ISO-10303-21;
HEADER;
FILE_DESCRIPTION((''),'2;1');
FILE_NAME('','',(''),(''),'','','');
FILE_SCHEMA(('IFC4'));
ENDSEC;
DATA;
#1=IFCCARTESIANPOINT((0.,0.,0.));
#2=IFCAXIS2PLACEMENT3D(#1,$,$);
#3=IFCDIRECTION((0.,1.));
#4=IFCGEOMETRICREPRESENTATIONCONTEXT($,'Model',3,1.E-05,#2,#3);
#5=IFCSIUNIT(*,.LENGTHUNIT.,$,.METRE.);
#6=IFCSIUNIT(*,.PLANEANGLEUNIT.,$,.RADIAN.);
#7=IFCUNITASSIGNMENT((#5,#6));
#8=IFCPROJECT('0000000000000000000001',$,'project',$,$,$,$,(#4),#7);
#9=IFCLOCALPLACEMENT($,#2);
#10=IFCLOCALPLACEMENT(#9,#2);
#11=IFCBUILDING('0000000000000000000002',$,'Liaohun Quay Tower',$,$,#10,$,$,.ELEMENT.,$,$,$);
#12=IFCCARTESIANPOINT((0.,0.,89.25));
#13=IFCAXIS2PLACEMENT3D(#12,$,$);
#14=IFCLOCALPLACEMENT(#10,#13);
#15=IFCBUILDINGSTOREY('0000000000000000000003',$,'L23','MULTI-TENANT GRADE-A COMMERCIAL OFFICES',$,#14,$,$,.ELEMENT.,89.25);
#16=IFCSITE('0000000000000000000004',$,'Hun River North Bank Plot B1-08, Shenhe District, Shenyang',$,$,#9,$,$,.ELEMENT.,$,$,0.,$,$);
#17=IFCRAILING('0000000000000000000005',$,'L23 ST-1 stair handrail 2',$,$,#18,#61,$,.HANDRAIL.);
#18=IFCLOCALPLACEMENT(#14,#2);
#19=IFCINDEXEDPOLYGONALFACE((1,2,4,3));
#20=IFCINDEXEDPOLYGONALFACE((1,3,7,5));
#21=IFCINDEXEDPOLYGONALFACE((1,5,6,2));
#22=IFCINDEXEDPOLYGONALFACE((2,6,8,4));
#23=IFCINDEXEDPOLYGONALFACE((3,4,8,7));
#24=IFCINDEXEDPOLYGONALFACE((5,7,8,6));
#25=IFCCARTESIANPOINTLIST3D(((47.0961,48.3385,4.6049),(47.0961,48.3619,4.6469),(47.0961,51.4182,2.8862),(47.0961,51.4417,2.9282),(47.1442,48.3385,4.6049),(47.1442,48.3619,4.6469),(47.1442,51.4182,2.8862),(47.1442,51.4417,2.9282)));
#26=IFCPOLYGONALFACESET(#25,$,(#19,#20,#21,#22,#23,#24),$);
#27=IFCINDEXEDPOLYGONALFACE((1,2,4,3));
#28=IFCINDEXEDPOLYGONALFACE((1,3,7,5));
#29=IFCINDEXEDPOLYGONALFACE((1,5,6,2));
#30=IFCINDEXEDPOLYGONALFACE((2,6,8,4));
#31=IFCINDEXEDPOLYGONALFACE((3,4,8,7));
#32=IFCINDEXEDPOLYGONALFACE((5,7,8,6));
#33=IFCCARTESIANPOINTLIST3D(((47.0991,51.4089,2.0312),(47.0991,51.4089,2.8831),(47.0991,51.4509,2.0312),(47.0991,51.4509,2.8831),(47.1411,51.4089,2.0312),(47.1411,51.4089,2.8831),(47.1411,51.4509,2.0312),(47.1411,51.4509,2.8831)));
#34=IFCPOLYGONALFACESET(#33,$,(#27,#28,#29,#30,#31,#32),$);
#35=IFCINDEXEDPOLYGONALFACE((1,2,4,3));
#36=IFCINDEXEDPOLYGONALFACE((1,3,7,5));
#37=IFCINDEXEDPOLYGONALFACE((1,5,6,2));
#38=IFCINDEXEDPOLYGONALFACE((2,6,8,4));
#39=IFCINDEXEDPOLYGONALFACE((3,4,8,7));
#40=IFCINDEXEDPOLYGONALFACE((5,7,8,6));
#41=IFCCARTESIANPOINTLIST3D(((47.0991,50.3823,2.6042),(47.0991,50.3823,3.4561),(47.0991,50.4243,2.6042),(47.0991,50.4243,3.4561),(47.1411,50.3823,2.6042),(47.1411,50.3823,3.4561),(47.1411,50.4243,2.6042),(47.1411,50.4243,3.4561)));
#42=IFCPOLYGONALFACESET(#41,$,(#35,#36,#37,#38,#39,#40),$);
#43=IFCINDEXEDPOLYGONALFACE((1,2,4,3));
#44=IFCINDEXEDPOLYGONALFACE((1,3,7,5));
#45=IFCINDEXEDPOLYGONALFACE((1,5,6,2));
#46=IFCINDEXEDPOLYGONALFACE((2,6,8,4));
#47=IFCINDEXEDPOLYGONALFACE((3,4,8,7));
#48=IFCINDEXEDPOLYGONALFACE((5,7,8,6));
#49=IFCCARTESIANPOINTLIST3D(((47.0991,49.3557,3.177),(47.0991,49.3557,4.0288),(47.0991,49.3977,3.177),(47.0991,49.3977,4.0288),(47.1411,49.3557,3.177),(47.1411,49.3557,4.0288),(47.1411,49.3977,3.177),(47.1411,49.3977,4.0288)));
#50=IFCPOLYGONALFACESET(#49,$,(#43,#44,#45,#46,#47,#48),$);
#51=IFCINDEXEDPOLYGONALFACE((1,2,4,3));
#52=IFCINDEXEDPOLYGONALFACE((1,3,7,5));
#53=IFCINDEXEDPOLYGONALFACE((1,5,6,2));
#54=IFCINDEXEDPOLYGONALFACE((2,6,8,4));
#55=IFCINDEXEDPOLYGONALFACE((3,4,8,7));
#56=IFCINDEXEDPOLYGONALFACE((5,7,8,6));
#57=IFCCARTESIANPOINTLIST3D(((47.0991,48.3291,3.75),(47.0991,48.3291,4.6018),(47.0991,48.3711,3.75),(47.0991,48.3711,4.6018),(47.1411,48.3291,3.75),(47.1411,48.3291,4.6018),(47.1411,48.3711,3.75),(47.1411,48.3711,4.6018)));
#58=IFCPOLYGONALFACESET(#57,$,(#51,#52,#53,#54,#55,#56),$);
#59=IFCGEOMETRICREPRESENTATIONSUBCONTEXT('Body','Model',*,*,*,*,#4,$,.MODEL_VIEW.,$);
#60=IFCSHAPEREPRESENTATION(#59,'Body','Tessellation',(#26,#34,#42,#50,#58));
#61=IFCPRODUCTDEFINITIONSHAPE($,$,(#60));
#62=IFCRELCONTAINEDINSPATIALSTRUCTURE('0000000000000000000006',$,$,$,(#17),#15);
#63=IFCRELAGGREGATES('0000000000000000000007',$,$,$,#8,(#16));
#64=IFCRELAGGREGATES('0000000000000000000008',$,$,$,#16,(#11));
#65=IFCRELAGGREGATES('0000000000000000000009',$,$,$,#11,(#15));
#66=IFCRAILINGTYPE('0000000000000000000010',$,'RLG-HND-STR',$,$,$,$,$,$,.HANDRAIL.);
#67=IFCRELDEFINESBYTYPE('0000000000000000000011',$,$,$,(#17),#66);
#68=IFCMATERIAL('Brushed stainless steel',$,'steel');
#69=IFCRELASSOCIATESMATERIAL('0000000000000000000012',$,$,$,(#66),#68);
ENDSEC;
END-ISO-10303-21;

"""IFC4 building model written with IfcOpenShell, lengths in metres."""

from ifc_helpers import new_model, si_unit, direction, frame, origin, origin_2d, place, context, subcontext, project, spatial, rectangle, extrude, material, type_object, element, save


model = new_model("IFC4")

# Units and contexts
model_context = context("Model", 3, precision=1e-05, world=origin(), true_north=direction((0.0, 1.0)))
body_context = subcontext(model_context, "Body", "Model", "MODEL_VIEW")
ifc_project = project(units=[si_unit("LENGTHUNIT", "METRE"), si_unit("PLANEANGLEUNIT", "RADIAN")], contexts=[model_context])

# Site, building, storey
site_placement = place(None, origin())
site = spatial("IfcSite", under=ifc_project, at=site_placement, Name="Hun River North Bank Plot B1-08, Shenhe District, Shenyang", CompositionType="ELEMENT", RefElevation=0.0)
building_placement = place(site_placement, origin())
building = spatial("IfcBuilding", under=site, at=building_placement, Name="Liaohun Quay Tower", CompositionType="ELEMENT")
storey_placement = place(building_placement, frame((0.0, 0.0, 89.25)))
storey = spatial("IfcBuildingStorey", under=building, at=storey_placement, Name="L23", Description="MULTI-TENANT GRADE-A COMMERCIAL OFFICES", CompositionType="ELEMENT", Elevation=89.25)

# Railing
ifc_material_1 = material(Name="Brushed stainless steel", Category="steel")
railing_type_1 = type_object("IfcRailingType", Name="RLG-HND-STR", PredefinedType="HANDRAIL", material=ifc_material_1)
railing_1_placement = place(storey_placement, frame((47.1201, 51.4299, 2.0312)))
element("IfcRailing", 1, at=railing_1_placement, inside=storey, type_object=railing_type_1, Name="L23 ST-1 stair handrail 2", PredefinedType="HANDRAIL", context=body_context, shape_type="SweptSolid", body=[
    extrude(rectangle(XDim=0.0481, YDim=0.0481, at=origin_2d()), frame((0.0, 0.0, 0.876), z_axis=(0.0, -0.873225, 0.487317), x_axis=(1.0, 0.0, 0.0)), (0.0, 0.0, 1.0), 3.5269),
    extrude(rectangle(XDim=0.042, YDim=0.042, at=origin_2d()), origin(), (0.0, 0.0, 1.0), 0.8518),
    extrude(rectangle(XDim=0.042, YDim=0.042, at=origin_2d()), frame((0.0, -1.0266, 0.573)), (0.0, 0.0, 1.0), 0.8518),
    extrude(rectangle(XDim=0.042, YDim=0.042, at=origin_2d()), frame((0.0, -2.0532, 1.1458)), (0.0, 0.0, 1.0), 0.8518),
    extrude(rectangle(XDim=0.042, YDim=0.042, at=origin_2d()), frame((0.0, -3.0798, 1.7188)), (0.0, 0.0, 1.0), 0.8518),
])

save(model, "model.ifc")
